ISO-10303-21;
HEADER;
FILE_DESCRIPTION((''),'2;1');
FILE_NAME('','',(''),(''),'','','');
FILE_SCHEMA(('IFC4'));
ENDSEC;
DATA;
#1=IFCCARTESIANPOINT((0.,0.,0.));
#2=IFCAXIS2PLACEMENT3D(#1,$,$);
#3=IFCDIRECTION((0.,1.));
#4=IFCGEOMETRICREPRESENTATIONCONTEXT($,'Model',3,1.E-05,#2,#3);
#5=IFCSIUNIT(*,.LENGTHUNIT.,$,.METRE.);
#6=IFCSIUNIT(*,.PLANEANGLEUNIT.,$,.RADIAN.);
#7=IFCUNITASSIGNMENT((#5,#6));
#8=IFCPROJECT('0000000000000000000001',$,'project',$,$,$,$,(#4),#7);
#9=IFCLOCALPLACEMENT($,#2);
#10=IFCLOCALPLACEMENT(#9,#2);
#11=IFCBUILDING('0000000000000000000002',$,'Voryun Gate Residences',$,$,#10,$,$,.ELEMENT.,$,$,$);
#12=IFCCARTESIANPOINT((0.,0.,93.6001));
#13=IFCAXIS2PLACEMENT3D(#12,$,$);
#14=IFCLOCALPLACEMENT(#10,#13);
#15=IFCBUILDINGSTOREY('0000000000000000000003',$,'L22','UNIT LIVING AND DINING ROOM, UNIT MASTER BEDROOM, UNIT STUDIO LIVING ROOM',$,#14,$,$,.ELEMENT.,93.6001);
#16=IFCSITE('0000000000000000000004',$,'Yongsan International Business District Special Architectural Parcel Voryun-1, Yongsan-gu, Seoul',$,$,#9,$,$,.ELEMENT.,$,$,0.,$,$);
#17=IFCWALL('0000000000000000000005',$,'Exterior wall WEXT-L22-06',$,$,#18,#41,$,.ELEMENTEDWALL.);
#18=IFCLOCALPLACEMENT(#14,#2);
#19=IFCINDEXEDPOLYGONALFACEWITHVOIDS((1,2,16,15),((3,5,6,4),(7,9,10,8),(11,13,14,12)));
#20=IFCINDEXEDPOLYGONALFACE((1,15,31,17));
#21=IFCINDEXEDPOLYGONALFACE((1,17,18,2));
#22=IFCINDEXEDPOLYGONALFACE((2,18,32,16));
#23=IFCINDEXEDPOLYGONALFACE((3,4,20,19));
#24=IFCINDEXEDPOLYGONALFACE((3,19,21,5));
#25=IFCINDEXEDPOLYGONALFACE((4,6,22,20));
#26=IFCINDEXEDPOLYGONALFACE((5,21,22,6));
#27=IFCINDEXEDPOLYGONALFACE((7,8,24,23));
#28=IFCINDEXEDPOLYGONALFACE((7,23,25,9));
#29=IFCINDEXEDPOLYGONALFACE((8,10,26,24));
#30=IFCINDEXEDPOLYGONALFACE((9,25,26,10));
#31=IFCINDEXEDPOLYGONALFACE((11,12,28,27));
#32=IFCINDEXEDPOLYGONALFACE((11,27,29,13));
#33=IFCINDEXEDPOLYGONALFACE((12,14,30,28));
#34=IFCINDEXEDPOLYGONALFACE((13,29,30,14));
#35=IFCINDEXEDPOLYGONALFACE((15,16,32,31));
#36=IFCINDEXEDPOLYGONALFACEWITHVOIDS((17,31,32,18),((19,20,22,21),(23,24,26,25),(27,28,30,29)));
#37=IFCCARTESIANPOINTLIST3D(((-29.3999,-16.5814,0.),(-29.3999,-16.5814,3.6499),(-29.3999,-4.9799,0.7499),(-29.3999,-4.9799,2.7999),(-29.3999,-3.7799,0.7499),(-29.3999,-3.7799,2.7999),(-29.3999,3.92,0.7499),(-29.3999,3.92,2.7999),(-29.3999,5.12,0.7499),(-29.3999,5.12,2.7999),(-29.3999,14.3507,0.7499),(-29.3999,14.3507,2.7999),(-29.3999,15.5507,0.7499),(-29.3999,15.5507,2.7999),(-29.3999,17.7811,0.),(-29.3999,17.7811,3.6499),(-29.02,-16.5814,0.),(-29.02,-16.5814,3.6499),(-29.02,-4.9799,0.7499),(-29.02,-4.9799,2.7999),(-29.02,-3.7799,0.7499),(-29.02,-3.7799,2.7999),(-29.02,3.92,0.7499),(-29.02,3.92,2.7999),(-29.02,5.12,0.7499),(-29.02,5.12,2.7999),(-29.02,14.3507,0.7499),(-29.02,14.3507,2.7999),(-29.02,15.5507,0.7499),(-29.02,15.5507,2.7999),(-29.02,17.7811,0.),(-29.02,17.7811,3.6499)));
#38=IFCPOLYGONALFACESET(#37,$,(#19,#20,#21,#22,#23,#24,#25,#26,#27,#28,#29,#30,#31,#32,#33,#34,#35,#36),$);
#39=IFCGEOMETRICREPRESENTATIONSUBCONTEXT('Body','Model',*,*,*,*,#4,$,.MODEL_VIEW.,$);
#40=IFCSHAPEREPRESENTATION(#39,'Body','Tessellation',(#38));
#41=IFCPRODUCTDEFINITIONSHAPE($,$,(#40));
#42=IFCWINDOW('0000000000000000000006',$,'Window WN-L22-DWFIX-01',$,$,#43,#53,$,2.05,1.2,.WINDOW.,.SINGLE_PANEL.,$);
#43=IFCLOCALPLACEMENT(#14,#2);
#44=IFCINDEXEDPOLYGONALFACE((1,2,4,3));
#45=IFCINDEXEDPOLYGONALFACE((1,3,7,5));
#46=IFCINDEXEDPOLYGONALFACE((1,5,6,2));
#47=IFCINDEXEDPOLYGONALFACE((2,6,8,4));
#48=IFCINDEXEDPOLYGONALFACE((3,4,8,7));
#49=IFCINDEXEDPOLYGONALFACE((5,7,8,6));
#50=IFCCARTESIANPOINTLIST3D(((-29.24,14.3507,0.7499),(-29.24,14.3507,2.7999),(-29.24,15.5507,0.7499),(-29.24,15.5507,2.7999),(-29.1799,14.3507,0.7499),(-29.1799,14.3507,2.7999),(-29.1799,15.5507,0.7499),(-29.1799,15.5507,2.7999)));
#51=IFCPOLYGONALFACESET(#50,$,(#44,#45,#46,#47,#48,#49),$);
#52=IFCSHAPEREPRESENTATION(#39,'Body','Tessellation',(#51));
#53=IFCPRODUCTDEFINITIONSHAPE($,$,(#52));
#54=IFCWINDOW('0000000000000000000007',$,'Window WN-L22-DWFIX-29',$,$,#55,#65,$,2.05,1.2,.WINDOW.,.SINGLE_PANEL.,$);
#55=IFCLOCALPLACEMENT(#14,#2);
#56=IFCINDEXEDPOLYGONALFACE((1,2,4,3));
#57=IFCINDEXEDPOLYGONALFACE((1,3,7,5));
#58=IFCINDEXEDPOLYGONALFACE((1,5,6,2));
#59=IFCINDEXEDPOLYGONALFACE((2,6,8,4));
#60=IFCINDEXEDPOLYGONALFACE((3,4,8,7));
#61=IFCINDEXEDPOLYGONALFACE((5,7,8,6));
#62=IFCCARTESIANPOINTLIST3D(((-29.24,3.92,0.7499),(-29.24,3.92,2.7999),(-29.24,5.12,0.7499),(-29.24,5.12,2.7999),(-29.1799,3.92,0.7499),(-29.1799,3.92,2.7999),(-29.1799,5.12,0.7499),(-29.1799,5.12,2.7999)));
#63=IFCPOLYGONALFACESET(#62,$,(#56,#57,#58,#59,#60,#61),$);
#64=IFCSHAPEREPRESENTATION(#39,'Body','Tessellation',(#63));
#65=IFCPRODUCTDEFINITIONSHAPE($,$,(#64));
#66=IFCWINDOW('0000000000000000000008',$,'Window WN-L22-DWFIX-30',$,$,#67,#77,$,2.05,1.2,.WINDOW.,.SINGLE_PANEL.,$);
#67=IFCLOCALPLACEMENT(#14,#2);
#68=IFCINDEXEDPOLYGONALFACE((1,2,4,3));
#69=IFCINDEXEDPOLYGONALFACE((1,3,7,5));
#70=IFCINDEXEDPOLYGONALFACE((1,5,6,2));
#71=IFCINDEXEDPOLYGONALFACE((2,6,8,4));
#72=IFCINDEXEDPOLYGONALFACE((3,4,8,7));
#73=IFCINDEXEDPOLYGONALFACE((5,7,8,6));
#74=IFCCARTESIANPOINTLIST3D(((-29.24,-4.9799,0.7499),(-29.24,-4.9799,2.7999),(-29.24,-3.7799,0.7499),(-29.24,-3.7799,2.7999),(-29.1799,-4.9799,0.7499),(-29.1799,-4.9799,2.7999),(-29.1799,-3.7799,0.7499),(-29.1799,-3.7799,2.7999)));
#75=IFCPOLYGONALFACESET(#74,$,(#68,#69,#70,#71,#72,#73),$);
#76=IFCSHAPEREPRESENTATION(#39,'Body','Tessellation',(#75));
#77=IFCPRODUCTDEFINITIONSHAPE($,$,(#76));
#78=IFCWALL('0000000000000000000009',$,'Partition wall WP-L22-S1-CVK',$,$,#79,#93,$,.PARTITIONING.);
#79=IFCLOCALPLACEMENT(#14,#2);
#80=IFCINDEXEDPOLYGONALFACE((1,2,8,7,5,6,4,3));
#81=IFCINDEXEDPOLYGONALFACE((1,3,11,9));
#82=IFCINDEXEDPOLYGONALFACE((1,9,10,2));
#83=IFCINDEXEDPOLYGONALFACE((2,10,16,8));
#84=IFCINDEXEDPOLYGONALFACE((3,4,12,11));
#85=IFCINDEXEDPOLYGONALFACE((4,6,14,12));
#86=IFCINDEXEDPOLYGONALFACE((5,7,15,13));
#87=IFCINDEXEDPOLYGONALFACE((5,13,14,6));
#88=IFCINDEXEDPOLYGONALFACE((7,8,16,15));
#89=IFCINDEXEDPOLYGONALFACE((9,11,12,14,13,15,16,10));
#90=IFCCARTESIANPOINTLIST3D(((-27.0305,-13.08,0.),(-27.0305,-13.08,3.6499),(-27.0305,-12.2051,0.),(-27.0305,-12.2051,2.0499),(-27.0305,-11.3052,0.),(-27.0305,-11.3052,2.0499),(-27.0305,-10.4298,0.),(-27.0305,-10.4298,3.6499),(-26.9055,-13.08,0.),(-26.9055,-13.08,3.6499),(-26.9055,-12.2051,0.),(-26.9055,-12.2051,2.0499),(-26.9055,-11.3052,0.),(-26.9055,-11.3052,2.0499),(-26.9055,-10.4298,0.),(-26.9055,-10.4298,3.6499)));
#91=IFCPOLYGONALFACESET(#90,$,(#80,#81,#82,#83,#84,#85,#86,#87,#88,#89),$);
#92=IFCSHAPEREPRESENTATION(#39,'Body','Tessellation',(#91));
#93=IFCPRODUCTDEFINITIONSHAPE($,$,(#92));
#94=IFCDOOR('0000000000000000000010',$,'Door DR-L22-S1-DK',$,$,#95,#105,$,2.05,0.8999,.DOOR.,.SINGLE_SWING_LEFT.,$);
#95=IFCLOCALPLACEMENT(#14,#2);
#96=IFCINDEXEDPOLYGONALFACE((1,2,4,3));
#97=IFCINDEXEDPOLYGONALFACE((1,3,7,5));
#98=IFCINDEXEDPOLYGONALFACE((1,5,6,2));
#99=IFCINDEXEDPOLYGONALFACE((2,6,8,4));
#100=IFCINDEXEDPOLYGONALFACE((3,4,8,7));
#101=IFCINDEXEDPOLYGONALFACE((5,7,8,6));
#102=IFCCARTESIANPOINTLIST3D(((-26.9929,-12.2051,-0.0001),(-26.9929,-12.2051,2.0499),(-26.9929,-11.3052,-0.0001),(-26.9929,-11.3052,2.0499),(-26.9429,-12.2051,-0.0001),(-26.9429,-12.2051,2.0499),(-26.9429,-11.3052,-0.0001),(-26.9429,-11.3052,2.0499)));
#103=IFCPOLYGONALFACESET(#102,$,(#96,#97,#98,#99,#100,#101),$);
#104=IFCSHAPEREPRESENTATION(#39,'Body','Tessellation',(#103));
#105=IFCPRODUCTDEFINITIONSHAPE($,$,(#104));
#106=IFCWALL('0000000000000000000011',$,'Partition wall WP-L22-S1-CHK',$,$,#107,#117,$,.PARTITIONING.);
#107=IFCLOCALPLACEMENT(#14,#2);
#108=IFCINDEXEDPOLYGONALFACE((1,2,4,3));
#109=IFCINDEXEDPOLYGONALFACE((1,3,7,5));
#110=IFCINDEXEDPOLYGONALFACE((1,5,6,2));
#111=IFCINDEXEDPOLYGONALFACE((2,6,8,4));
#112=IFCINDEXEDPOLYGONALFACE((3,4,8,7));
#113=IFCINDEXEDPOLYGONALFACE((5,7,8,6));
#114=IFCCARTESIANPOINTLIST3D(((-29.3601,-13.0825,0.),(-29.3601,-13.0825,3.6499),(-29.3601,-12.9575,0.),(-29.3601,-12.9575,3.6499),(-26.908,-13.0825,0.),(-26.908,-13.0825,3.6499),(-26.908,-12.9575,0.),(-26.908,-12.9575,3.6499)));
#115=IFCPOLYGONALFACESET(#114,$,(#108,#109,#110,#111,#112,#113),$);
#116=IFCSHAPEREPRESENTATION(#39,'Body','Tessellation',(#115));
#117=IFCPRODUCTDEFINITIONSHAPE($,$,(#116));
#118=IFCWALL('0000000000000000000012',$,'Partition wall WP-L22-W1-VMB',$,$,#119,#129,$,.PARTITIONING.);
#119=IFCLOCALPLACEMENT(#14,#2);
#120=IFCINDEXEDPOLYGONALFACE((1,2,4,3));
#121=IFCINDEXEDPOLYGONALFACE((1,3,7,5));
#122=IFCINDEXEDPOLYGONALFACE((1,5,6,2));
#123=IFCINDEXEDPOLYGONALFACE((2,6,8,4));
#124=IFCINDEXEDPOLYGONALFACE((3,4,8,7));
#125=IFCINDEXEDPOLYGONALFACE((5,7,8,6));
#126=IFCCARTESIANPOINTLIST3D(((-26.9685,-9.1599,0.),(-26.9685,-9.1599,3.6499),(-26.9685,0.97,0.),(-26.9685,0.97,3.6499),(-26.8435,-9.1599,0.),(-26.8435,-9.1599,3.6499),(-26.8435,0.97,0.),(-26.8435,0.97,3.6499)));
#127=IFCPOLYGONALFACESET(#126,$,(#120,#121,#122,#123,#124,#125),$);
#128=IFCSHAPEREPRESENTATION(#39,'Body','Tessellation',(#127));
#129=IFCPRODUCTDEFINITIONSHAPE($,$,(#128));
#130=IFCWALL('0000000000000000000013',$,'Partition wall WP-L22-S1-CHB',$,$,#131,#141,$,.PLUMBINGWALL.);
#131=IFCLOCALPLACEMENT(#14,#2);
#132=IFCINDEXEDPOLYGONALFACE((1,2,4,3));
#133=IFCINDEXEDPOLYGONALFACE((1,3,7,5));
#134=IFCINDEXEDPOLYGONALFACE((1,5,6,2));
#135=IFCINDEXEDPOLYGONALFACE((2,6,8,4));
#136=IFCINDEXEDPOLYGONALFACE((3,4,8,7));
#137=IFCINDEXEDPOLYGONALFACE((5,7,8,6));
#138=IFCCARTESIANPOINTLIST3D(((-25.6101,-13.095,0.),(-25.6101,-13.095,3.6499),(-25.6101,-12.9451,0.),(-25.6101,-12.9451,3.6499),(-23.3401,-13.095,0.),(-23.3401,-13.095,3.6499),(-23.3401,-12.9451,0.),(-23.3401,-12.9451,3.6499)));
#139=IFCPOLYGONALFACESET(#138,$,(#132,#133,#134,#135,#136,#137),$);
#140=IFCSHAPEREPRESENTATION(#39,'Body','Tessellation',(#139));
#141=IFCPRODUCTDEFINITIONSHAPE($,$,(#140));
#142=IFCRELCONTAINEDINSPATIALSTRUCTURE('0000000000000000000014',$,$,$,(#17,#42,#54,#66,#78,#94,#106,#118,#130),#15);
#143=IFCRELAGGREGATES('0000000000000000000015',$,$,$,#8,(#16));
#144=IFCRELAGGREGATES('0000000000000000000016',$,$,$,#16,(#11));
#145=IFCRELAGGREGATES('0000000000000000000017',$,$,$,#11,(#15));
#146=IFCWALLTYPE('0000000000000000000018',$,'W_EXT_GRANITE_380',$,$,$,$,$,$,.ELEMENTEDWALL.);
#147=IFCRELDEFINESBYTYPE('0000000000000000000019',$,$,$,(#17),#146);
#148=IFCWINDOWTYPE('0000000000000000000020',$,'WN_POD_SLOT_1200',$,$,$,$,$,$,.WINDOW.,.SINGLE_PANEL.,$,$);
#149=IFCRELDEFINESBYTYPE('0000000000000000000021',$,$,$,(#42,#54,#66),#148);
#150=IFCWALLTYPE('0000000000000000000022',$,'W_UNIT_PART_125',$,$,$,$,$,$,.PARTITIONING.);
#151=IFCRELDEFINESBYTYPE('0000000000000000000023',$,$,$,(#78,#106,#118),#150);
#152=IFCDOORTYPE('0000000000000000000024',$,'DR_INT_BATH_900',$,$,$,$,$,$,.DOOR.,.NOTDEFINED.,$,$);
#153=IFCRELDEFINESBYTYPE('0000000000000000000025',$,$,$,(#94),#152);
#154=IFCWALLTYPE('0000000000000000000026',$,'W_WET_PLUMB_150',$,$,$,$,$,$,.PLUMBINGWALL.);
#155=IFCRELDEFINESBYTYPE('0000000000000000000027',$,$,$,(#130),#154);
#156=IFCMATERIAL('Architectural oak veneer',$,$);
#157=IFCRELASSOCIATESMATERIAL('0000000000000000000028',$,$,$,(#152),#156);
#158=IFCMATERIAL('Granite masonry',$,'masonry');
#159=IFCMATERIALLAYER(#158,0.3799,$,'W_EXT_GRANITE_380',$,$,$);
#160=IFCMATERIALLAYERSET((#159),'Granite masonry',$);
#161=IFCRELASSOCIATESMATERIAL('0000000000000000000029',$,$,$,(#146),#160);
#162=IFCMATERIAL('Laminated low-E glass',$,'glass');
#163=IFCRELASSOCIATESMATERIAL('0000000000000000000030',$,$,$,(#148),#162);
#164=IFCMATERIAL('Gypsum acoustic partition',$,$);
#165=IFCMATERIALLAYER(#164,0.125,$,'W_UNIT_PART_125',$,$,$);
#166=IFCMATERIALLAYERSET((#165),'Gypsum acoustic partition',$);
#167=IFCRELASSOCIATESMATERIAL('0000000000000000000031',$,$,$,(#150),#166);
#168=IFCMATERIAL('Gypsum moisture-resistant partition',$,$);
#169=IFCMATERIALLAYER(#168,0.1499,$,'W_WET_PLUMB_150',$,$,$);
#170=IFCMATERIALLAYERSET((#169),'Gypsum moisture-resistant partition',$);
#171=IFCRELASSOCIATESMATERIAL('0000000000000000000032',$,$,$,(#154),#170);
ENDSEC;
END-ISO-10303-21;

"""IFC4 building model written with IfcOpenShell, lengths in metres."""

from ifc_helpers import new_model, si_unit, direction, frame, frame_2d, origin, place, context, subcontext, project, spatial, rectangle, extrude, material, layer, layer_set, type_object, element, fill, save


model = new_model("IFC4")

# Units and contexts
model_context = context("Model", 3, precision=1e-05, world=origin(), true_north=direction((0.0, 1.0)))
body_context = subcontext(model_context, "Body", "Model", "MODEL_VIEW")
ifc_project = project(units=[si_unit("LENGTHUNIT", "METRE"), si_unit("PLANEANGLEUNIT", "RADIAN")], contexts=[model_context])

# Site, building, storey
site_placement = place(None, origin())
site = spatial("IfcSite", under=ifc_project, at=site_placement, Name="Yongsan International Business District Special Architectural Parcel Voryun-1, Yongsan-gu, Seoul", CompositionType="ELEMENT", RefElevation=0.0)
building_placement = place(site_placement, origin())
building = spatial("IfcBuilding", under=site, at=building_placement, Name="Voryun Gate Residences", CompositionType="ELEMENT")
storey_placement = place(building_placement, frame((0.0, 0.0, 93.6001)))
storey = spatial("IfcBuildingStorey", under=building, at=storey_placement, Name="L22", Description="UNIT LIVING AND DINING ROOM, UNIT MASTER BEDROOM, UNIT STUDIO LIVING ROOM", CompositionType="ELEMENT", Elevation=93.6001)

# Shared definitions
ifc_material_1 = material(Name="Architectural oak veneer")
door_type_1 = type_object("IfcDoorType", Name="DR_INT_BATH_900", OperationType="NOTDEFINED", PredefinedType="DOOR", material=ifc_material_1)

# Shared definitions
ifc_material_2 = material(Name="Granite masonry", Category="masonry")
ifc_layer_1 = layer(ifc_material_2, 0.3799, Name="W_EXT_GRANITE_380")
ifc_layer_set_1 = layer_set([ifc_layer_1], Name="Granite masonry")
wall_type_1 = type_object("IfcWallType", Name="W_EXT_GRANITE_380", PredefinedType="ELEMENTEDWALL", material=ifc_layer_set_1)

# Wall, openings, windows
wall_1_placement = place(storey_placement, frame((-29.21, -16.5813, 0.0), z_axis=(0.0, 0.0, 1.0), x_axis=(0.0, 1.0, 0.0)))
wall_1 = element("IfcWall", 1, at=wall_1_placement, inside=storey, type_object=wall_type_1, Name="Exterior wall WEXT-L22-06", PredefinedType="ELEMENTEDWALL", context=body_context, shape_type="SweptSolid", body=[
    extrude(rectangle(XDim=34.3625, YDim=0.3799, at=frame_2d((17.1812, 0.0))), origin(), (0.0, 0.0, 1.0), 3.6499),
])
opening_1_placement = place(wall_1_placement, frame((30.9319, 0.0, 0.75)))
opening_1 = element("IfcOpeningElement", 2, at=opening_1_placement, cuts=wall_1, PredefinedType="OPENING", context=body_context, shape_type="SweptSolid", body=[
    extrude(rectangle(XDim=1.2, YDim=2.05, at=frame_2d((0.6001, 1.0249))), frame((0.0, 0.2, 0.0), z_axis=(0.0, -1.0, 0.0), x_axis=(1.0, 0.0, 0.0)), (0.0, 0.0, 1.0), 0.3999),
])
opening_2_placement = place(wall_1_placement, frame((20.5012, 0.0, 0.75)))
opening_2 = element("IfcOpeningElement", 3, at=opening_2_placement, cuts=wall_1, PredefinedType="OPENING", context=body_context, shape_type="SweptSolid", body=[
    extrude(rectangle(XDim=1.2, YDim=2.05, at=frame_2d((0.6001, 1.0249))), frame((0.0, 0.2, 0.0), z_axis=(0.0, -1.0, 0.0), x_axis=(1.0, 0.0, 0.0)), (0.0, 0.0, 1.0), 0.3999),
])
opening_3_placement = place(wall_1_placement, frame((11.6013, 0.0, 0.75)))
opening_3 = element("IfcOpeningElement", 4, at=opening_3_placement, cuts=wall_1, PredefinedType="OPENING", context=body_context, shape_type="SweptSolid", body=[
    extrude(rectangle(XDim=1.2, YDim=2.05, at=frame_2d((0.6001, 1.0249))), frame((0.0, 0.2, 0.0), z_axis=(0.0, -1.0, 0.0), x_axis=(1.0, 0.0, 0.0)), (0.0, 0.0, 1.0), 0.3999),
])
ifc_material_3 = material(Name="Laminated low-E glass", Category="glass")
window_type = type_object("IfcWindowType", Name="WN_POD_SLOT_1200", PartitioningType="SINGLE_PANEL", PredefinedType="WINDOW", material=ifc_material_3)
window_1_placement = place(opening_1_placement, origin())
window_1 = element("IfcWindow", 5, at=window_1_placement, inside=storey, type_object=window_type, Name="Window WN-L22-DWFIX-01", OverallHeight=2.05, OverallWidth=1.2, PartitioningType="SINGLE_PANEL", PredefinedType="WINDOW", context=body_context, shape_type="SweptSolid", body=[
    extrude(rectangle(XDim=1.2, YDim=2.05, at=frame_2d((0.6001, 1.0249))), frame((0.0, 0.03, 0.0), z_axis=(0.0, -1.0, 0.0), x_axis=(1.0, 0.0, 0.0)), (0.0, 0.0, 1.0), 0.0601),
])
fill(opening_1, window_1)
window_2_placement = place(opening_2_placement, origin())
window_2 = element("IfcWindow", 6, at=window_2_placement, inside=storey, type_object=window_type, Name="Window WN-L22-DWFIX-29", OverallHeight=2.05, OverallWidth=1.2, PartitioningType="SINGLE_PANEL", PredefinedType="WINDOW", context=body_context, shape_type="SweptSolid", body=[
    extrude(rectangle(XDim=1.2, YDim=2.05, at=frame_2d((0.6001, 1.0249))), frame((0.0, 0.03, 0.0), z_axis=(0.0, -1.0, 0.0), x_axis=(1.0, 0.0, 0.0)), (0.0, 0.0, 1.0), 0.0601),
])
fill(opening_2, window_2)
window_3_placement = place(opening_3_placement, origin())
window_3 = element("IfcWindow", 7, at=window_3_placement, inside=storey, type_object=window_type, Name="Window WN-L22-DWFIX-30", OverallHeight=2.05, OverallWidth=1.2, PartitioningType="SINGLE_PANEL", PredefinedType="WINDOW", context=body_context, shape_type="SweptSolid", body=[
    extrude(rectangle(XDim=1.2, YDim=2.05, at=frame_2d((0.6001, 1.0249))), frame((0.0, 0.03, 0.0), z_axis=(0.0, -1.0, 0.0), x_axis=(1.0, 0.0, 0.0)), (0.0, 0.0, 1.0), 0.0601),
])
fill(opening_3, window_3)

# Wall, opening, door
ifc_material_4 = material(Name="Gypsum acoustic partition")
ifc_layer_2 = layer(ifc_material_4, 0.125, Name="W_UNIT_PART_125")
ifc_layer_set_2 = layer_set([ifc_layer_2], Name="Gypsum acoustic partition")
wall_type_2 = type_object("IfcWallType", Name="W_UNIT_PART_125", PredefinedType="PARTITIONING", material=ifc_layer_set_2)
wall_2_placement = place(storey_placement, frame((-26.968, -13.0801, 0.0), z_axis=(0.0, 0.0, 1.0), x_axis=(0.0, 1.0, 0.0)))
wall_2 = element("IfcWall", 8, at=wall_2_placement, inside=storey, type_object=wall_type_2, Name="Partition wall WP-L22-S1-CVK", PredefinedType="PARTITIONING", context=body_context, shape_type="SweptSolid", body=[
    extrude(rectangle(XDim=2.6501, YDim=0.125, at=frame_2d((1.3252, 0.0))), origin(), (0.0, 0.0, 1.0), 3.6499),
])
opening_4_placement = place(wall_2_placement, frame((0.875, 0.0, 0.0)))
opening_4 = element("IfcOpeningElement", 9, at=opening_4_placement, cuts=wall_2, PredefinedType="OPENING", context=body_context, shape_type="SweptSolid", body=[
    extrude(rectangle(XDim=0.8999, YDim=2.05, at=frame_2d((0.45, 1.0249))), frame((0.0, 0.0725, 0.0), z_axis=(0.0, -1.0, 0.0), x_axis=(1.0, 0.0, 0.0)), (0.0, 0.0, 1.0), 0.145),
])
door_1_placement = place(opening_4_placement, origin())
door_1 = element("IfcDoor", 10, at=door_1_placement, inside=storey, type_object=door_type_1, Name="Door DR-L22-S1-DK", OperationType="SINGLE_SWING_LEFT", OverallHeight=2.05, OverallWidth=0.8999, PredefinedType="DOOR", context=body_context, shape_type="SweptSolid", body=[
    extrude(rectangle(XDim=0.8999, YDim=2.05, at=frame_2d((0.45, 1.0249))), frame((0.0, 0.0249, 0.0), z_axis=(0.0, -1.0, 0.0), x_axis=(1.0, 0.0, 0.0)), (0.0, 0.0, 1.0), 0.05),
])
fill(opening_4, door_1)

# Walls
wall_3_placement = place(storey_placement, frame((-29.3601, -13.02, 0.0), z_axis=(0.0, 0.0, 1.0), x_axis=(1.0, 0.0, 0.0)))
element("IfcWall", 11, at=wall_3_placement, inside=storey, type_object=wall_type_2, Name="Partition wall WP-L22-S1-CHK", PredefinedType="PARTITIONING", context=body_context, shape_type="SweptSolid", body=[
    extrude(rectangle(XDim=2.4521, YDim=0.125, at=frame_2d((1.2261, 0.0))), origin(), (0.0, 0.0, 1.0), 3.6499),
])
wall_4_placement = place(storey_placement, frame((-26.906, -9.1599, 0.0), z_axis=(0.0, 0.0, 1.0), x_axis=(0.0, 1.0, 0.0)))
element("IfcWall", 12, at=wall_4_placement, inside=storey, type_object=wall_type_2, Name="Partition wall WP-L22-W1-VMB", PredefinedType="PARTITIONING", context=body_context, shape_type="SweptSolid", body=[
    extrude(rectangle(XDim=10.1299, YDim=0.125, at=frame_2d((5.0649, 0.0))), origin(), (0.0, 0.0, 1.0), 3.6499),
])
ifc_material_5 = material(Name="Gypsum moisture-resistant partition")
ifc_layer_3 = layer(ifc_material_5, 0.1499, Name="W_WET_PLUMB_150")
ifc_layer_set_3 = layer_set([ifc_layer_3], Name="Gypsum moisture-resistant partition")
wall_type_3 = type_object("IfcWallType", Name="W_WET_PLUMB_150", PredefinedType="PLUMBINGWALL", material=ifc_layer_set_3)
wall_5_placement = place(storey_placement, frame((-25.6101, -13.02, 0.0), z_axis=(0.0, 0.0, 1.0), x_axis=(1.0, 0.0, 0.0)))
element("IfcWall", 13, at=wall_5_placement, inside=storey, type_object=wall_type_3, Name="Partition wall WP-L22-S1-CHB", PredefinedType="PLUMBINGWALL", context=body_context, shape_type="SweptSolid", body=[
    extrude(rectangle(XDim=2.27, YDim=0.1499, at=frame_2d((1.135, 0.0))), origin(), (0.0, 0.0, 1.0), 3.6499),
])

save(model, "model.ifc")
